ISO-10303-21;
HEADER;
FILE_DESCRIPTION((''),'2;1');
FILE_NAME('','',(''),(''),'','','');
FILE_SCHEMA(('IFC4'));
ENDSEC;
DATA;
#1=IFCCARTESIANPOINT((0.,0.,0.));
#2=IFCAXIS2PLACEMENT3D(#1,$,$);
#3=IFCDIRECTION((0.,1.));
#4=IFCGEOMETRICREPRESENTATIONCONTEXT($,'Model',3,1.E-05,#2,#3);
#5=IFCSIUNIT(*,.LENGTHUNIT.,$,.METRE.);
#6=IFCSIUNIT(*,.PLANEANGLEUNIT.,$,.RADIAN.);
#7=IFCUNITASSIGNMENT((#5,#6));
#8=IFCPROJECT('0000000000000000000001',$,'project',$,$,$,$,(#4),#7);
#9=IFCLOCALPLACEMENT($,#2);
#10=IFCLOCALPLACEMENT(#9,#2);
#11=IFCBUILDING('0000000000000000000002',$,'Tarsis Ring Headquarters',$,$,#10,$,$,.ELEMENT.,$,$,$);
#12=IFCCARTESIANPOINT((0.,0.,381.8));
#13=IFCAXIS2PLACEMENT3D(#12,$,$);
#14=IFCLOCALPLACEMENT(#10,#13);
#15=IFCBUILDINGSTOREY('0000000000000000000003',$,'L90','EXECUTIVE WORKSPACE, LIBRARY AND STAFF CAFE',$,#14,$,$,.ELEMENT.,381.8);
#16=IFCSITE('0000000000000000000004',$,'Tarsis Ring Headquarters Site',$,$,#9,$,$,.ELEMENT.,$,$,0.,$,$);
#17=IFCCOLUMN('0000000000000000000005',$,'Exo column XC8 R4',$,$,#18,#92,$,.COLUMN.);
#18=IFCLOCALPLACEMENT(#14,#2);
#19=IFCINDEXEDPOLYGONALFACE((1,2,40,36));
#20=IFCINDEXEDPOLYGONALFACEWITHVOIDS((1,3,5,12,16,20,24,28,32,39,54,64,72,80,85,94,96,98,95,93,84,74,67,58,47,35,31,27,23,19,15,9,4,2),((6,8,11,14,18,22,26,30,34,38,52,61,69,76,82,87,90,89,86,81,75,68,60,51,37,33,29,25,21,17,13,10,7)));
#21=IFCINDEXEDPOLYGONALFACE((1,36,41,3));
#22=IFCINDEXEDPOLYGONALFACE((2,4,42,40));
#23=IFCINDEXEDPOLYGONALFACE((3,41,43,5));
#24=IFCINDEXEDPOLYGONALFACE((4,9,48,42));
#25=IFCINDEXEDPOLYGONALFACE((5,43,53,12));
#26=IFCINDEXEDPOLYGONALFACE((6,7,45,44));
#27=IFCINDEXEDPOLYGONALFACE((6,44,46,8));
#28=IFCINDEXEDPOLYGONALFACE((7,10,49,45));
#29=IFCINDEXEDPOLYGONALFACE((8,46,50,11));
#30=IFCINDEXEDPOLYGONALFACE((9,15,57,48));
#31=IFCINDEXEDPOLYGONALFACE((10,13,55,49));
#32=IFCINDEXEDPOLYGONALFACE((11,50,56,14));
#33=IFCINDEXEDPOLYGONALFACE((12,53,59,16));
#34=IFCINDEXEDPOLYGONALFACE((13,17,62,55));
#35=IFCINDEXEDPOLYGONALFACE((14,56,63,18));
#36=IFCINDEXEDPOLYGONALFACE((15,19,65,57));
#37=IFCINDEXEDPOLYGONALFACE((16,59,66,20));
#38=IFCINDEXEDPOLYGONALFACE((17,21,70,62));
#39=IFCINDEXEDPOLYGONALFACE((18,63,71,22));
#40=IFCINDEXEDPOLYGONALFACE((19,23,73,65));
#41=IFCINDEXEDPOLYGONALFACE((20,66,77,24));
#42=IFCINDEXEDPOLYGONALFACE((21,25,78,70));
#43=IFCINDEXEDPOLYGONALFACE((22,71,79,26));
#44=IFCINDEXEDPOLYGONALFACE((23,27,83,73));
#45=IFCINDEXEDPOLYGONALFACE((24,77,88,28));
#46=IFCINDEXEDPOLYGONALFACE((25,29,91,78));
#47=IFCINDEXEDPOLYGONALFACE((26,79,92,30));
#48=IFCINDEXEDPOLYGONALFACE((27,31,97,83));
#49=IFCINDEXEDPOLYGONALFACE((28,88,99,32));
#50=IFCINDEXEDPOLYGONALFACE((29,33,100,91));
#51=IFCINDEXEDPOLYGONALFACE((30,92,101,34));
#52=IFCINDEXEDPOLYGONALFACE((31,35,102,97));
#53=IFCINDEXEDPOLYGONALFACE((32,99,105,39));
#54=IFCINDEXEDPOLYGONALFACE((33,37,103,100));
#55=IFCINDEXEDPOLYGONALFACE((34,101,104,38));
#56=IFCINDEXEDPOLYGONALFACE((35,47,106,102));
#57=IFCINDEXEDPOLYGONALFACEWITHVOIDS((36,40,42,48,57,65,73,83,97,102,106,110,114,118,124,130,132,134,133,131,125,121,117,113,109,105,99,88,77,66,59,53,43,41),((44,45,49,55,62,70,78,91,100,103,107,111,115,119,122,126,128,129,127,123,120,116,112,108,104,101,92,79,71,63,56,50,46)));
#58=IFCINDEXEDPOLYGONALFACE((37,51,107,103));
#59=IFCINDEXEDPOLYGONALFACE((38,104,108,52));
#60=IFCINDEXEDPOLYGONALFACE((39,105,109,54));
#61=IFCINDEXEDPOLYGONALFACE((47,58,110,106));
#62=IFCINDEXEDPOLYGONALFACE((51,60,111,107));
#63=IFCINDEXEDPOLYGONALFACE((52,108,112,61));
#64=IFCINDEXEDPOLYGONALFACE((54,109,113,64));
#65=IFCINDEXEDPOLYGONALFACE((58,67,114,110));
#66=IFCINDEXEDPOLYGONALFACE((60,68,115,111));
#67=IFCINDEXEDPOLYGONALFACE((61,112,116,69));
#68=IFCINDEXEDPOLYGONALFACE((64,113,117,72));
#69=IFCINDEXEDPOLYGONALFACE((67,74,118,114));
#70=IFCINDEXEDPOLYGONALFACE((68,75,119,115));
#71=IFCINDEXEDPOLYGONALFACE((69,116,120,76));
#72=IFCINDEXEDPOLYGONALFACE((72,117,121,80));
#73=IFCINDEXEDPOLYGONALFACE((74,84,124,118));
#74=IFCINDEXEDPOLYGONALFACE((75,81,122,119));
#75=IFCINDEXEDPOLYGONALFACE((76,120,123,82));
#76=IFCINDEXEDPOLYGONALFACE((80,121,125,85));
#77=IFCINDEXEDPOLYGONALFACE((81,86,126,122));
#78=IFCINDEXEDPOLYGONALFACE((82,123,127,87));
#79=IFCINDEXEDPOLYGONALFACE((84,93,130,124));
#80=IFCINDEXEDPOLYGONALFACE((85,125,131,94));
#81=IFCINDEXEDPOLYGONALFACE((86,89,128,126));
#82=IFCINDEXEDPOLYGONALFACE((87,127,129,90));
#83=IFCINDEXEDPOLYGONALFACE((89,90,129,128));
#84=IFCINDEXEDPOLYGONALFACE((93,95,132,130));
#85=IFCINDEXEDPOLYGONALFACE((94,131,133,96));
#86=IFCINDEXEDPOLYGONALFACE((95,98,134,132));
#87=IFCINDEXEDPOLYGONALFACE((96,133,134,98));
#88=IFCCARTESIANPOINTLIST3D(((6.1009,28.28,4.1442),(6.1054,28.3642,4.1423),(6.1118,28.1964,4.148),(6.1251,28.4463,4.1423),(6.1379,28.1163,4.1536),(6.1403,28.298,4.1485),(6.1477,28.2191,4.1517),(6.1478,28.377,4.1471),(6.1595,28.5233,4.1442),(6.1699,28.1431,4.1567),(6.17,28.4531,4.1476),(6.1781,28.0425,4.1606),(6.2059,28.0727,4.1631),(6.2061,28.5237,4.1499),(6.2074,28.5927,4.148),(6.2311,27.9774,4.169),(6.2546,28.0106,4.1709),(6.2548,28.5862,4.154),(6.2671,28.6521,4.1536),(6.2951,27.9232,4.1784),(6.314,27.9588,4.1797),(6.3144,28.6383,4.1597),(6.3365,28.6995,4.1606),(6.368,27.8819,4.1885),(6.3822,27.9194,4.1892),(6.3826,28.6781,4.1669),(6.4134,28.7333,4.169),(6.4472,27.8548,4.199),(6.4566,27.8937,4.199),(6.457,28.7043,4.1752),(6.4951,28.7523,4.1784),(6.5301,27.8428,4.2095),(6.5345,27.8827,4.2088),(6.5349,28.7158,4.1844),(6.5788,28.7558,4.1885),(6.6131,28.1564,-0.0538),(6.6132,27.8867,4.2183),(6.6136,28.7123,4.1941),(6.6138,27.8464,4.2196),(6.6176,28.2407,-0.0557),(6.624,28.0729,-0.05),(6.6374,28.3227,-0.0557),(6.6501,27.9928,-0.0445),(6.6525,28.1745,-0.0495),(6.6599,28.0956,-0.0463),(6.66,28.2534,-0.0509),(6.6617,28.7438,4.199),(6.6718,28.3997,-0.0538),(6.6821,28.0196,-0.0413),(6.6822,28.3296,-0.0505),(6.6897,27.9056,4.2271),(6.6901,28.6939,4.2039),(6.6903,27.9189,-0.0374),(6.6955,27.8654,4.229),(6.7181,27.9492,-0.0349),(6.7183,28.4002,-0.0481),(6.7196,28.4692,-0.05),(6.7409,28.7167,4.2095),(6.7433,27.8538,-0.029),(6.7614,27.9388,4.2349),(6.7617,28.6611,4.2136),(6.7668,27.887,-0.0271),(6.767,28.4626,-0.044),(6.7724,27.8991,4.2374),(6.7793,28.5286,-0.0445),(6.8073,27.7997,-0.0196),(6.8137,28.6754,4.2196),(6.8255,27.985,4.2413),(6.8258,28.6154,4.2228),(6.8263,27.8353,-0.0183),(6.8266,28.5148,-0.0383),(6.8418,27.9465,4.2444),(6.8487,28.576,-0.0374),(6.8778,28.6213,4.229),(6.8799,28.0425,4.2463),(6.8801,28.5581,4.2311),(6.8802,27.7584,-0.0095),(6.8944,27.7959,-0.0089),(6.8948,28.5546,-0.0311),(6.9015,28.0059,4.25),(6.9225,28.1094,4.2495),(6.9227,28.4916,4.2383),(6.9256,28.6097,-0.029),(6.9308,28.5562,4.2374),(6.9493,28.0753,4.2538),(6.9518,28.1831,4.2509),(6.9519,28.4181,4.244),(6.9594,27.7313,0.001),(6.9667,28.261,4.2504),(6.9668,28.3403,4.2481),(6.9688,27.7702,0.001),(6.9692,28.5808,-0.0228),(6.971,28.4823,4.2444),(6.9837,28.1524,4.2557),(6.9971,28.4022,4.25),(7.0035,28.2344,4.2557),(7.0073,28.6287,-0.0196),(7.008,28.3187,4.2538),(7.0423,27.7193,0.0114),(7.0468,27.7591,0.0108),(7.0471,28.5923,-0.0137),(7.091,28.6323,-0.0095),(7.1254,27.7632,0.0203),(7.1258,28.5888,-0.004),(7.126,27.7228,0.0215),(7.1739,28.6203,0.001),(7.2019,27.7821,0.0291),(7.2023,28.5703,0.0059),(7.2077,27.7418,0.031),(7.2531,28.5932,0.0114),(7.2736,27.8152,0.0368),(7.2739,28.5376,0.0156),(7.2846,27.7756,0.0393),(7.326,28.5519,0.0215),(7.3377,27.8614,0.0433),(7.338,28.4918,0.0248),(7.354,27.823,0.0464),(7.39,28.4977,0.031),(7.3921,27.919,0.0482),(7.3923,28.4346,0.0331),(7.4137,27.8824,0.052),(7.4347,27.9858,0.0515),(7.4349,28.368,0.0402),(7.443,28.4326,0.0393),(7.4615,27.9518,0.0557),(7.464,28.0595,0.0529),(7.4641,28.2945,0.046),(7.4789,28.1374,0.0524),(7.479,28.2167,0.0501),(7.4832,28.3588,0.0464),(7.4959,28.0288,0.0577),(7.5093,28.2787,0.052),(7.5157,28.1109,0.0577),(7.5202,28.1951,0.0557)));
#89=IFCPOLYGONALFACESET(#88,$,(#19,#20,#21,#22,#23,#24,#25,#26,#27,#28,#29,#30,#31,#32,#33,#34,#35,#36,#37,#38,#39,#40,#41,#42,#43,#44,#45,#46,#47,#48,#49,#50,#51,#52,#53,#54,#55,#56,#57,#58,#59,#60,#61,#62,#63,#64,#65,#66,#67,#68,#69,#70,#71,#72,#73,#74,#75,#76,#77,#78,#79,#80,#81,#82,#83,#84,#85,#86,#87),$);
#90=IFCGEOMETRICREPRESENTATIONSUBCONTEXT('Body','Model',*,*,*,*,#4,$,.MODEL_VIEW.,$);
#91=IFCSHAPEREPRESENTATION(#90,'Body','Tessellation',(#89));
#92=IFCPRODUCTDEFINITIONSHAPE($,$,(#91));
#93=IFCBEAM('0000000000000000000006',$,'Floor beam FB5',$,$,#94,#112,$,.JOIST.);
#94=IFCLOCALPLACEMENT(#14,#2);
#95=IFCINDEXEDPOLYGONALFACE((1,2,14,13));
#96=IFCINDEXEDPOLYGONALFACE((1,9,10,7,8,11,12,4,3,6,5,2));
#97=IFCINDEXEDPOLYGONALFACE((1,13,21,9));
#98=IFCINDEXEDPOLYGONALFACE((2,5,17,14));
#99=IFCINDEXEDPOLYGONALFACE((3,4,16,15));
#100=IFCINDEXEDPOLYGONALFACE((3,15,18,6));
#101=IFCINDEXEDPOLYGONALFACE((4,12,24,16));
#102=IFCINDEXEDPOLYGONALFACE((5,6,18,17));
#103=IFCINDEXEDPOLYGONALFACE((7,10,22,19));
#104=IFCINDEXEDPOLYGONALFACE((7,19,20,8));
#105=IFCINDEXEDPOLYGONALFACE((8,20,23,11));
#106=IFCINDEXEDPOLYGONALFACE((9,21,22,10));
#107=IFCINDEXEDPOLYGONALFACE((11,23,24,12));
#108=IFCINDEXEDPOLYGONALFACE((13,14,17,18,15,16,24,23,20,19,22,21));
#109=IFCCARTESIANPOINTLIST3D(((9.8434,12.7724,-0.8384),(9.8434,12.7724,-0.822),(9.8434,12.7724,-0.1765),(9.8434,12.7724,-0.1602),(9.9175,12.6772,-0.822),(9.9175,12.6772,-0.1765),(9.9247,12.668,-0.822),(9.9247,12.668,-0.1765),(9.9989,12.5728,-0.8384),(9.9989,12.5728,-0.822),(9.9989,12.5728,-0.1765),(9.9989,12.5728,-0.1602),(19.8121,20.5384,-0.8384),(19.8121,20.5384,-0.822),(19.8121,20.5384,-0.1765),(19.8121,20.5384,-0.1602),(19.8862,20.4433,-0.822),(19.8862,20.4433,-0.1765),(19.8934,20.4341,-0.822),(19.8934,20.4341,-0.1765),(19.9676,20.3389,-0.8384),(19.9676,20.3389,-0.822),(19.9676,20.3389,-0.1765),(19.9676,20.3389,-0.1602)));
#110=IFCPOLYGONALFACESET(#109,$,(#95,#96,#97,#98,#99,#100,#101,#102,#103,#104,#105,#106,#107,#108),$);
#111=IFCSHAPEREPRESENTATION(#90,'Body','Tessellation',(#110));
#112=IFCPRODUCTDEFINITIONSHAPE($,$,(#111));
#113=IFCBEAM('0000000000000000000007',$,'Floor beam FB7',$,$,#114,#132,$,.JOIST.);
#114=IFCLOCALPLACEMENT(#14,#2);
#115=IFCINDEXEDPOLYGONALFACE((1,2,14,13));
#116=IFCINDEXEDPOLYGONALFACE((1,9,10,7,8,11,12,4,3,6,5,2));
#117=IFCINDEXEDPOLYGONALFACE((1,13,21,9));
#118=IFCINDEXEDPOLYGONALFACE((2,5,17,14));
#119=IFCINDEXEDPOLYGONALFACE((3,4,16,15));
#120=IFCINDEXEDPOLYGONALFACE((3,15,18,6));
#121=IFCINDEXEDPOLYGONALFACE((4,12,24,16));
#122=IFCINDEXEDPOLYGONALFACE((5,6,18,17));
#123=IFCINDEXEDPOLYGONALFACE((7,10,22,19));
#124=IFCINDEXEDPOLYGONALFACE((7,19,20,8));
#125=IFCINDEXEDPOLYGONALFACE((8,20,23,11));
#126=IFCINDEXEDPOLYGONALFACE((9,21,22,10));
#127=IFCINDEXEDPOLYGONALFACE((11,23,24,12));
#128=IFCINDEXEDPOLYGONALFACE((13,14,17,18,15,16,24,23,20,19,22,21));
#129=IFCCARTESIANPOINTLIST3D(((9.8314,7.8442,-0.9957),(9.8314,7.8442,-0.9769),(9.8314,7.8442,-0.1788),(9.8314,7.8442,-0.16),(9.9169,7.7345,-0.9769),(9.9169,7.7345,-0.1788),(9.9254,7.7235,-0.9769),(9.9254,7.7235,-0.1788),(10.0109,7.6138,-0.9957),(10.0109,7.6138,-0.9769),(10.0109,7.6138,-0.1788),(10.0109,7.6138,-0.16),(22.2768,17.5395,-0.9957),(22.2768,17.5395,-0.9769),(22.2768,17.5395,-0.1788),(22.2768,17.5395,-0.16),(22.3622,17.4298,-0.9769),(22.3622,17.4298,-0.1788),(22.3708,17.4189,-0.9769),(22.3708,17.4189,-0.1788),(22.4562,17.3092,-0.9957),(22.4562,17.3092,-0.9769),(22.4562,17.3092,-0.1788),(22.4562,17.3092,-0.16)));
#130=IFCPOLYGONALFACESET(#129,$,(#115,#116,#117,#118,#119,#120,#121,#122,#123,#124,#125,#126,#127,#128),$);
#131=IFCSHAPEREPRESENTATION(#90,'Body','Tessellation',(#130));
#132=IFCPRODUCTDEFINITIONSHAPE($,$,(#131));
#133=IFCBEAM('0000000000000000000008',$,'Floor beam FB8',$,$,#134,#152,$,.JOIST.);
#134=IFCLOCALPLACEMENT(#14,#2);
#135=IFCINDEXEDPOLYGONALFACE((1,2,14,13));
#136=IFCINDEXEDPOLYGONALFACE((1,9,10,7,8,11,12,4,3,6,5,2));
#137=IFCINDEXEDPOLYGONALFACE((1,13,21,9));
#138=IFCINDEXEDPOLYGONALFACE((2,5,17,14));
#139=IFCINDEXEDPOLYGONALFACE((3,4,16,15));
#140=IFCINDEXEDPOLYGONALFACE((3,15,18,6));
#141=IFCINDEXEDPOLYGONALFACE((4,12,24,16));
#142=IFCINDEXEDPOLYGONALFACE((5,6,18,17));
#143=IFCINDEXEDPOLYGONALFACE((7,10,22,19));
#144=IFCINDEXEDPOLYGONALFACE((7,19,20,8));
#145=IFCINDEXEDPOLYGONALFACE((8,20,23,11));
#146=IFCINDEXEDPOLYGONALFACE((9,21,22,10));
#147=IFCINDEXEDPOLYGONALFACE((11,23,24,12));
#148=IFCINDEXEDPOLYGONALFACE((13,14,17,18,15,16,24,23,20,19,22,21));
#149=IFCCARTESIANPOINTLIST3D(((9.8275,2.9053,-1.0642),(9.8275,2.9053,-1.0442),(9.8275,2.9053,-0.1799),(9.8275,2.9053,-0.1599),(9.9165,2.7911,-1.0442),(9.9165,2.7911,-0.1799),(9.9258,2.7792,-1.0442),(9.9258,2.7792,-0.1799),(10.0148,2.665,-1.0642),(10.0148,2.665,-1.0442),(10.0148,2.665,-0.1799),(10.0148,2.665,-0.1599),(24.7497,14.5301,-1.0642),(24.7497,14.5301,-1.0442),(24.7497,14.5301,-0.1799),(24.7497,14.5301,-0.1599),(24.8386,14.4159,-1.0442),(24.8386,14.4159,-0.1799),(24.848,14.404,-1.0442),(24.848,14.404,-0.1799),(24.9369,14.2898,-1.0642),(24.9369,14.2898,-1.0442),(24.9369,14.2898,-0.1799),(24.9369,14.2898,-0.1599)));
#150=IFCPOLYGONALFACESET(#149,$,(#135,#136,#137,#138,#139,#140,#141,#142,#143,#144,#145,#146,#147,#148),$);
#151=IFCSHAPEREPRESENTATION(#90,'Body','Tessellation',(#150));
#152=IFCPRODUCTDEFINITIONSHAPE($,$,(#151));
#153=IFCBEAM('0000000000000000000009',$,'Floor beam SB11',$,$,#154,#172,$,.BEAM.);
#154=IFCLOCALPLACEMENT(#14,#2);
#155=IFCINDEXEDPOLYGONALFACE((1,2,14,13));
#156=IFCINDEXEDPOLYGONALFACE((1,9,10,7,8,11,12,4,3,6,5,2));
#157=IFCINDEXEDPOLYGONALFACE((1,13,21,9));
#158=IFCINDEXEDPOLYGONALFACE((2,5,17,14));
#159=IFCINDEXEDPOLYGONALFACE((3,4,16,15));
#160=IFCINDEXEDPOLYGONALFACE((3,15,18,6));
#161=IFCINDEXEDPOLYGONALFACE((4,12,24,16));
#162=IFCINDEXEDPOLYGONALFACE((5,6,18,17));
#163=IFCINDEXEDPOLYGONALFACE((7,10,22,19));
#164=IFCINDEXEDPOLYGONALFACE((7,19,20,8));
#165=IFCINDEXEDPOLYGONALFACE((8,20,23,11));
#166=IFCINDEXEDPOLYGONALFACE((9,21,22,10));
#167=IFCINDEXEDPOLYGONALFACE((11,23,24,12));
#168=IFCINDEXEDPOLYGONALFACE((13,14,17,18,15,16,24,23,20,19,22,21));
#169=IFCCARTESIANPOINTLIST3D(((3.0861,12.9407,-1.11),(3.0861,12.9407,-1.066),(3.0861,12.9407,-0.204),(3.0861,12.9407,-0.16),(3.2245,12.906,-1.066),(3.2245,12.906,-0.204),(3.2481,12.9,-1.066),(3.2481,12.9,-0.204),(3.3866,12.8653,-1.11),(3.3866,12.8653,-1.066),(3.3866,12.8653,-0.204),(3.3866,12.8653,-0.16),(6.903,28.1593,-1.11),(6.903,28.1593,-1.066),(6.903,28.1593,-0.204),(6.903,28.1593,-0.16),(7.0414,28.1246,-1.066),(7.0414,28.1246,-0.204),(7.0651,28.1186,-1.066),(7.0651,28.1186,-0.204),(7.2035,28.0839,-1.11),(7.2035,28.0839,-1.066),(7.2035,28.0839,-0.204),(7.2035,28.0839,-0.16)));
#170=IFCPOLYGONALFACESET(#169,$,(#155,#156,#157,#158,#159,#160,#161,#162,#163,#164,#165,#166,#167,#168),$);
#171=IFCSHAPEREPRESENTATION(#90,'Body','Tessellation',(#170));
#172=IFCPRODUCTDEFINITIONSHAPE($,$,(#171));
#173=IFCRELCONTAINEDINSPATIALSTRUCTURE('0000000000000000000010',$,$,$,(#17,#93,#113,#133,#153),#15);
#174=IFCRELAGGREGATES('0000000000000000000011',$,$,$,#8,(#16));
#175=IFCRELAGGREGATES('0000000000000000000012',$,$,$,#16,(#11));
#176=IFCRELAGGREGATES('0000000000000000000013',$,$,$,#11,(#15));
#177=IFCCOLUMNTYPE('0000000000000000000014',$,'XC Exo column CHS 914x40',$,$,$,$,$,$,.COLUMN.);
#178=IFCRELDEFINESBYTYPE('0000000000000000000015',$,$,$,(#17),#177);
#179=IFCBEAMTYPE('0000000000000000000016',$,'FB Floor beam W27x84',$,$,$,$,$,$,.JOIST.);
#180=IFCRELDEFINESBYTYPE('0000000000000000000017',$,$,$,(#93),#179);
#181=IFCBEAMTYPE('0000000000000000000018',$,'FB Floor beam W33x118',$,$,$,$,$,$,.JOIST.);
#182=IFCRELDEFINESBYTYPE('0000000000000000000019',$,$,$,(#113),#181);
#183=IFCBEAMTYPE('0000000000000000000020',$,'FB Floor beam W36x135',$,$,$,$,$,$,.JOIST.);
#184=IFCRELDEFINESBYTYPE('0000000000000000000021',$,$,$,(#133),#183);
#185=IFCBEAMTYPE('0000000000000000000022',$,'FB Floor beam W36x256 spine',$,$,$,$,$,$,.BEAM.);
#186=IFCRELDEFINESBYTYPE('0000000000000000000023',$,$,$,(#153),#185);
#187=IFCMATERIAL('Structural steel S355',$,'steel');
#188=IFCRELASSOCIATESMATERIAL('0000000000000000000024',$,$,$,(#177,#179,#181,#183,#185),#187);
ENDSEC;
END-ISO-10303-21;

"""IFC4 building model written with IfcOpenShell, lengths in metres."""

from ifc_helpers import new_model, si_unit, direction, frame, origin, origin_2d, place, context, subcontext, project, spatial, hollow_circle, i_section, extrude, material, material_profile, profile_set, type_object, element, save


model = new_model("IFC4")

# Units and contexts
model_context = context("Model", 3, precision=1e-05, world=origin(), true_north=direction((0.0, 1.0)))
body_context = subcontext(model_context, "Body", "Model", "MODEL_VIEW")
ifc_project = project(units=[si_unit("LENGTHUNIT", "METRE"), si_unit("PLANEANGLEUNIT", "RADIAN")], contexts=[model_context])

# Site, building, storey
site_placement = place(None, origin())
site = spatial("IfcSite", under=ifc_project, at=site_placement, Name="Tarsis Ring Headquarters Site", CompositionType="ELEMENT", RefElevation=0.0)
building_placement = place(site_placement, origin())
building = spatial("IfcBuilding", under=site, at=building_placement, Name="Tarsis Ring Headquarters", CompositionType="ELEMENT")
storey_placement = place(building_placement, frame((0.0, 0.0, 381.8)))
storey = spatial("IfcBuildingStorey", under=building, at=storey_placement, Name="L90", Description="EXECUTIVE WORKSPACE, LIBRARY AND STAFF CAFE", CompositionType="ELEMENT", Elevation=381.8)

# Column
ifc_material_1 = material(Name="Structural steel S355", Category="steel")
ifc_material_profile_1 = material_profile(ifc_material_1, hollow_circle(Radius=0.457, WallThickness=0.04, at=origin_2d()), Name="CHS 914x40")
ifc_profile_set_1 = profile_set([ifc_material_profile_1], Name="Structural steel S355")
column_type = type_object("IfcColumnType", Name="XC Exo column CHS 914x40", PredefinedType="COLUMN", material=ifc_profile_set_1)
for number, where, z_axis, x_axis, name in (
    (1, (7.0667, 28.1758, 0.001), (-0.121062, 0.029198, 0.992215), (-0.234459, -0.972126, 0.0), "Exo column XC8 R4"),
):
    element("IfcColumn", number, at=place(storey_placement, frame(where, z_axis=z_axis, x_axis=x_axis)), inside=storey, type_object=column_type, Name=name, PredefinedType="COLUMN", context=body_context, shape_type="SweptSolid", body=[
        extrude(hollow_circle(Radius=0.4573, WallThickness=0.04, at=origin_2d()), origin(), (0.0, 0.0, 1.0), 4.231),
    ])

# Beams
ifc_material_profile_2 = material_profile(ifc_material_1, i_section(OverallWidth=0.2529, OverallDepth=0.6782, WebThickness=0.0117, FlangeThickness=0.0164, at=origin_2d()), Name="W27x84")
ifc_profile_set_2 = profile_set([ifc_material_profile_2], Name="Structural steel S355")
beam_type_1 = type_object("IfcBeamType", Name="FB Floor beam W27x84", PredefinedType="JOIST", material=ifc_profile_set_2)
beam_1_placement = place(storey_placement, frame((9.9211, 12.6726, -0.4993), z_axis=(0.788867, 0.614564, 0.0), x_axis=(-0.614564, 0.788867, 0.0)))
element("IfcBeam", 2, at=beam_1_placement, inside=storey, type_object=beam_type_1, Name="Floor beam FB5", PredefinedType="JOIST", context=body_context, shape_type="SweptSolid", body=[
    extrude(i_section(OverallWidth=0.2529, OverallDepth=0.6782, WebThickness=0.0117, FlangeThickness=0.0164, at=origin_2d()), origin(), (0.0, 0.0, 1.0), 12.6367),
])
ifc_material_profile_3 = material_profile(ifc_material_1, i_section(OverallWidth=0.292, OverallDepth=0.8357, WebThickness=0.0139, FlangeThickness=0.0188, at=origin_2d()), Name="W33x118")
ifc_profile_set_3 = profile_set([ifc_material_profile_3], Name="Structural steel S355")
beam_type_2 = type_object("IfcBeamType", Name="FB Floor beam W33x118", PredefinedType="JOIST", material=ifc_profile_set_3)
beam_2_placement = place(storey_placement, frame((9.9211, 7.729, -0.5779), z_axis=(0.788872, 0.614558, 0.0), x_axis=(-0.614558, 0.788872, 0.0)))
element("IfcBeam", 3, at=beam_2_placement, inside=storey, type_object=beam_type_2, Name="Floor beam FB7", PredefinedType="JOIST", context=body_context, shape_type="SweptSolid", body=[
    extrude(i_section(OverallWidth=0.292, OverallDepth=0.8357, WebThickness=0.0139, FlangeThickness=0.0188, at=origin_2d()), origin(), (0.0, 0.0, 1.0), 15.7761),
])
ifc_material_profile_4 = material_profile(ifc_material_1, i_section(OverallWidth=0.3047, OverallDepth=0.9043, WebThickness=0.0151, FlangeThickness=0.02, at=origin_2d()), Name="W36x135")
ifc_profile_set_4 = profile_set([ifc_material_profile_4], Name="Structural steel S355")
beam_type_3 = type_object("IfcBeamType", Name="FB Floor beam W36x135", PredefinedType="JOIST", material=ifc_profile_set_4)
beam_3_placement = place(storey_placement, frame((9.9211, 2.7852, -0.6121), z_axis=(0.788874, 0.614555, 0.0), x_axis=(-0.614555, 0.788874, 0.0)))
element("IfcBeam", 4, at=beam_3_placement, inside=storey, type_object=beam_type_3, Name="Floor beam FB8", PredefinedType="JOIST", context=body_context, shape_type="SweptSolid", body=[
    extrude(i_section(OverallWidth=0.3047, OverallDepth=0.9043, WebThickness=0.0151, FlangeThickness=0.02, at=origin_2d()), origin(), (0.0, 0.0, 1.0), 18.9158),
])
ifc_material_profile_5 = material_profile(ifc_material_1, i_section(OverallWidth=0.3098, OverallDepth=0.95, WebThickness=0.0244, FlangeThickness=0.0439, at=origin_2d()), Name="W36x256")
ifc_profile_set_5 = profile_set([ifc_material_profile_5], Name="Structural steel S355")
beam_type_4 = type_object("IfcBeamType", Name="FB Floor beam W36x256 spine", PredefinedType="BEAM", material=ifc_profile_set_5)
beam_4_placement = place(storey_placement, frame((7.0532, 28.1216, -0.635), z_axis=(-0.243271, -0.969958, 0.0), x_axis=(0.969958, -0.243271, 0.0)))
element("IfcBeam", 5, at=beam_4_placement, inside=storey, type_object=beam_type_4, Name="Floor beam SB11", PredefinedType="BEAM", context=body_context, shape_type="SweptSolid", body=[
    extrude(i_section(OverallWidth=0.3098, OverallDepth=0.95, WebThickness=0.0244, FlangeThickness=0.0439, at=origin_2d()), origin(), (0.0, 0.0, 1.0), 15.6899),
])

save(model, "model.ifc")
